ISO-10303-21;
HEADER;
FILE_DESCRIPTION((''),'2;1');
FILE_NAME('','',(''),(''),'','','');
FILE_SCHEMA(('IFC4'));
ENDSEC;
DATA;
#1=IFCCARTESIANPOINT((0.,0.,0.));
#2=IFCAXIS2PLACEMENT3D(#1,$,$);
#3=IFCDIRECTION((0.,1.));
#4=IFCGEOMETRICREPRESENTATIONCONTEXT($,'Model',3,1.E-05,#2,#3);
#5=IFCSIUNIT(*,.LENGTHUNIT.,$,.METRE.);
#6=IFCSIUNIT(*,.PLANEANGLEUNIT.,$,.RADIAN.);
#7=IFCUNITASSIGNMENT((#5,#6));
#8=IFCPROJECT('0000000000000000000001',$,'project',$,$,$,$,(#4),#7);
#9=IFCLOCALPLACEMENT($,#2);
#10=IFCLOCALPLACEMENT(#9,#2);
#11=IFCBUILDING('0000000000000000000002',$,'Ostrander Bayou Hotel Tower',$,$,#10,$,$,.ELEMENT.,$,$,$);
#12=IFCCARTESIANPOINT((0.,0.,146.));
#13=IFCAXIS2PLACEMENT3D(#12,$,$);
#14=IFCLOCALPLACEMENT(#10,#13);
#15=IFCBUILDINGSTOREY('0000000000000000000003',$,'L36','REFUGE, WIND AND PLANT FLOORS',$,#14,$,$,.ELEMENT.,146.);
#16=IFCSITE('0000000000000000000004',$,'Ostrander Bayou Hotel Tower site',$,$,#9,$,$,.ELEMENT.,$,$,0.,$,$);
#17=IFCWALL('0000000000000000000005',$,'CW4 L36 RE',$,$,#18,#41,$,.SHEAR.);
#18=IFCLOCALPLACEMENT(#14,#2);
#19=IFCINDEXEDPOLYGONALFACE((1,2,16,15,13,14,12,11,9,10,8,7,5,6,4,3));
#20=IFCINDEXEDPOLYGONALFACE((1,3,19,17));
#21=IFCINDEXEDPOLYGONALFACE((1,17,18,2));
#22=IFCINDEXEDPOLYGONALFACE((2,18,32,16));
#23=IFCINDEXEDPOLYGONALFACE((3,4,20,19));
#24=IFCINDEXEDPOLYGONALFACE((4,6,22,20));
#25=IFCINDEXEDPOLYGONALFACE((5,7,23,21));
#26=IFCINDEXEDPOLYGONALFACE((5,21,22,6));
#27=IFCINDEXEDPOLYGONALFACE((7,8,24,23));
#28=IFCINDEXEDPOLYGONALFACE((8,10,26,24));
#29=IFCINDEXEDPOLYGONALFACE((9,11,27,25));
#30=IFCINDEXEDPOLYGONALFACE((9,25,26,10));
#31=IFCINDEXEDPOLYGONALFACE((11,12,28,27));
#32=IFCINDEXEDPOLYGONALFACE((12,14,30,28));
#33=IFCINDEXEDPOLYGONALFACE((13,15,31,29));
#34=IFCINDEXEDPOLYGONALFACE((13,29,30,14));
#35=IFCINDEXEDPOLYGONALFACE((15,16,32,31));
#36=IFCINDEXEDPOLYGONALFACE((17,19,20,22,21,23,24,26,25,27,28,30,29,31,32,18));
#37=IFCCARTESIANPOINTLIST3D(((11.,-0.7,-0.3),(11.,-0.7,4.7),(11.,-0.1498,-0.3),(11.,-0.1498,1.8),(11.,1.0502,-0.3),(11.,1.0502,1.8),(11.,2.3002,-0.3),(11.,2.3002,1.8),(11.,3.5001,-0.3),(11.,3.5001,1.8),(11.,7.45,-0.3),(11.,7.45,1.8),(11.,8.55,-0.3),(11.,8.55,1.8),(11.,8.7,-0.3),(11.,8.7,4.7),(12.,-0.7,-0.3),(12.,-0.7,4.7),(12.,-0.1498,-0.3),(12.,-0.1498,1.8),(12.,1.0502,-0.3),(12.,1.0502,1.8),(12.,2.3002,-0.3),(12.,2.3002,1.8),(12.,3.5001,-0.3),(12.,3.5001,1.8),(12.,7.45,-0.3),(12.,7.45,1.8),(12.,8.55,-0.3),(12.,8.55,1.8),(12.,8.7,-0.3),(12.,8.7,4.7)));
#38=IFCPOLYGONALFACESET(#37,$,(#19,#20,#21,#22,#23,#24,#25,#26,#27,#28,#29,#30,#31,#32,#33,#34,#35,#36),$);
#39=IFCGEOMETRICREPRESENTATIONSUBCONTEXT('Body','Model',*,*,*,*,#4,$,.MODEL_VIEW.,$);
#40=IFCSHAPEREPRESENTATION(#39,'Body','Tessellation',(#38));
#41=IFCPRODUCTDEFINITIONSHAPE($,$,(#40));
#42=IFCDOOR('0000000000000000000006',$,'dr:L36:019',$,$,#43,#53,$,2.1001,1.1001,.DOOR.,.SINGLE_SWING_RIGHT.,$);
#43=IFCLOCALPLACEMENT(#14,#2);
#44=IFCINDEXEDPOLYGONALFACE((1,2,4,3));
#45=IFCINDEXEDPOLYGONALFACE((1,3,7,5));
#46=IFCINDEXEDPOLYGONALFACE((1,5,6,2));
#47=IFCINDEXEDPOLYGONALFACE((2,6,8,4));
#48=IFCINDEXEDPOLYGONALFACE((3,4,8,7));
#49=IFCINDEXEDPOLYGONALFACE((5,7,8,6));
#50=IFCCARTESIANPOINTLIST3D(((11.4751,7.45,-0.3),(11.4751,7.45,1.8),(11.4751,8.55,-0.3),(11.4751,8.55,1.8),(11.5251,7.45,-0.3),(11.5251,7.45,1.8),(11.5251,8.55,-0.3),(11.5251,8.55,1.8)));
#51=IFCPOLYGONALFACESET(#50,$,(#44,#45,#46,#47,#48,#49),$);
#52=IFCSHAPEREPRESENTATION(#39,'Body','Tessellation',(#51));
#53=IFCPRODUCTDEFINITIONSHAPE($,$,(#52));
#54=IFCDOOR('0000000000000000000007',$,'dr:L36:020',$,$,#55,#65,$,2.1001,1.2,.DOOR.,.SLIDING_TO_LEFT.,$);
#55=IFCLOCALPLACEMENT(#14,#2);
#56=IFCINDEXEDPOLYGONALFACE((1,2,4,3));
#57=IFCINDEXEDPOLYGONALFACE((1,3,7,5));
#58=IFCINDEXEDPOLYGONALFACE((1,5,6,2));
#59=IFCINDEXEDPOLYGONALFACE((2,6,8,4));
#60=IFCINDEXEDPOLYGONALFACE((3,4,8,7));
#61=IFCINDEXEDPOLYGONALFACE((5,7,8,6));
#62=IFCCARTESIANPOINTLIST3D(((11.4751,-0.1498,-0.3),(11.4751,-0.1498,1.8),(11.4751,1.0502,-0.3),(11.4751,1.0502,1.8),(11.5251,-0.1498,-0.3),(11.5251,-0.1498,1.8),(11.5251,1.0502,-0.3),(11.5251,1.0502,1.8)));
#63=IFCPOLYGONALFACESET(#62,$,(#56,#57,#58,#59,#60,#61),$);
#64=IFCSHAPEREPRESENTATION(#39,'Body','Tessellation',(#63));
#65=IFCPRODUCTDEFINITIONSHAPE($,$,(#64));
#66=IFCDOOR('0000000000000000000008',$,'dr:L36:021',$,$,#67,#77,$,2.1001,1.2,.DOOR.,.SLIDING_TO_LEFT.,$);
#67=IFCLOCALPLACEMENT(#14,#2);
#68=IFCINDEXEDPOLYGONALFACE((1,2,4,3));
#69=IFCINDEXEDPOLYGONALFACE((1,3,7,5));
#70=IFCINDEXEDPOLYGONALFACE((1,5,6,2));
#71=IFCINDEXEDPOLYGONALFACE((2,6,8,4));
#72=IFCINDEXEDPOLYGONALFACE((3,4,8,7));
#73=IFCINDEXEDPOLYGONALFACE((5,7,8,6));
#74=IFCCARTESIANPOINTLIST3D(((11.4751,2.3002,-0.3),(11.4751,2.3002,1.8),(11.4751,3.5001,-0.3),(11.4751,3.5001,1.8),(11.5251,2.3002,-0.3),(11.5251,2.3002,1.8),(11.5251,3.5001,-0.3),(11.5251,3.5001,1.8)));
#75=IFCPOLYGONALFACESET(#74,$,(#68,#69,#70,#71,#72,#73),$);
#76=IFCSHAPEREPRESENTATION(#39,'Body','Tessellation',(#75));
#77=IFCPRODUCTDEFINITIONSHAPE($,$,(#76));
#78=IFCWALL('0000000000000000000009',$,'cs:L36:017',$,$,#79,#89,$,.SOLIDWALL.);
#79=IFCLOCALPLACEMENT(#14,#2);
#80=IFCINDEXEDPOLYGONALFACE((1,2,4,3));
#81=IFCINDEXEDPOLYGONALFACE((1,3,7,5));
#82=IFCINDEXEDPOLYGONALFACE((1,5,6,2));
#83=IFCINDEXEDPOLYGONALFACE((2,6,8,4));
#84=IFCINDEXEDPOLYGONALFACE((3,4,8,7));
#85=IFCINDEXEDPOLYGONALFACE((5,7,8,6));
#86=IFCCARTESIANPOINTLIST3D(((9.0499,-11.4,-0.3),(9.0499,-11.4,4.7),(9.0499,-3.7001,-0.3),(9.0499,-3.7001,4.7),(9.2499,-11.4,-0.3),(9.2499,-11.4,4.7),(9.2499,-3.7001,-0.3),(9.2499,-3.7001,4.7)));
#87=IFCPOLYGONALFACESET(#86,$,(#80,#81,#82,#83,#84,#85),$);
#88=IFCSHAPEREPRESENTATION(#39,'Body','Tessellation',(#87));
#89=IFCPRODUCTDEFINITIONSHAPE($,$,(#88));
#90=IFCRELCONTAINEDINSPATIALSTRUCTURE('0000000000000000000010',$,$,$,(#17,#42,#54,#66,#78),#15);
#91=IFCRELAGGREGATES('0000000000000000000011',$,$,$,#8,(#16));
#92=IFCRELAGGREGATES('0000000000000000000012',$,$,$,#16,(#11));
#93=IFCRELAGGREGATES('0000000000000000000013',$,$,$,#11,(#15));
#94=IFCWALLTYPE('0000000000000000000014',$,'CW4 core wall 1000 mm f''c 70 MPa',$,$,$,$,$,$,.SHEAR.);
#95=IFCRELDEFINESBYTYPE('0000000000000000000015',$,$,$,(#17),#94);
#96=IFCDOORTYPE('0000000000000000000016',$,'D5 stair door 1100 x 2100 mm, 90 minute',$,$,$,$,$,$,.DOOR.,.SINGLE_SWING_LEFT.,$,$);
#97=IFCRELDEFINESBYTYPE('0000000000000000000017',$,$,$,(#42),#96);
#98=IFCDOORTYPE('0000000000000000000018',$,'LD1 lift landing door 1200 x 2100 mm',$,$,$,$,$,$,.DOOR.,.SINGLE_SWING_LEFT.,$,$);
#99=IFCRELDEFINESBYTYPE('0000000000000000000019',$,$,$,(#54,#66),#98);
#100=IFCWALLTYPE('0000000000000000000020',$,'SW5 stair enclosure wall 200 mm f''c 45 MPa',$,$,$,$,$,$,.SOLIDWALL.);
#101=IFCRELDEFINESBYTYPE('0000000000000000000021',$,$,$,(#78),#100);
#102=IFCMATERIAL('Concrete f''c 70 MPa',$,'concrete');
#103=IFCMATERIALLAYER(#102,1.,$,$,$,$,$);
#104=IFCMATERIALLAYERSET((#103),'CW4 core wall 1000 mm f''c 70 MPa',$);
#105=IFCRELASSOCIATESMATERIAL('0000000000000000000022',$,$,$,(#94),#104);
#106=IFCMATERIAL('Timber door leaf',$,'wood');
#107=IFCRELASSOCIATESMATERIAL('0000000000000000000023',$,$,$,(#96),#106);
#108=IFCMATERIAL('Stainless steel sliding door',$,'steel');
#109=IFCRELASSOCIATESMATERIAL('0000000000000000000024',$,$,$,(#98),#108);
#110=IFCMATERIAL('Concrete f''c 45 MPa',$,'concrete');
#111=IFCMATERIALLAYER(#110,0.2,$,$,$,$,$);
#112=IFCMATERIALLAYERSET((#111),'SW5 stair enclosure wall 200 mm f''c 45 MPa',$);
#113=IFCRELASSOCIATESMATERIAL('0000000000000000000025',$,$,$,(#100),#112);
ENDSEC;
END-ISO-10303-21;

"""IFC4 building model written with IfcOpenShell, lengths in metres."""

from ifc_helpers import new_model, si_unit, direction, frame, frame_2d, origin, place, context, subcontext, project, spatial, rectangle, extrude, material, layer, layer_set, type_object, element, fill, save


model = new_model("IFC4")

# Units and contexts
model_context = context("Model", 3, precision=1e-05, world=origin(), true_north=direction((0.0, 1.0)))
body_context = subcontext(model_context, "Body", "Model", "MODEL_VIEW")
ifc_project = project(units=[si_unit("LENGTHUNIT", "METRE"), si_unit("PLANEANGLEUNIT", "RADIAN")], contexts=[model_context])

# Site, building, storey
site_placement = place(None, origin())
site = spatial("IfcSite", under=ifc_project, at=site_placement, Name="Ostrander Bayou Hotel Tower site", CompositionType="ELEMENT", RefElevation=0.0)
building_placement = place(site_placement, origin())
building = spatial("IfcBuilding", under=site, at=building_placement, Name="Ostrander Bayou Hotel Tower", CompositionType="ELEMENT")
storey_placement = place(building_placement, frame((0.0, 0.0, 146.0)))
storey = spatial("IfcBuildingStorey", under=building, at=storey_placement, Name="L36", Description="REFUGE, WIND AND PLANT FLOORS", CompositionType="ELEMENT", Elevation=146.0)

# Wall, openings, doors
ifc_material_1 = material(Name="Concrete f'c 70 MPa", Category="concrete")
ifc_layer_1 = layer(ifc_material_1, 1.0)
ifc_layer_set_1 = layer_set([ifc_layer_1], Name="CW4 core wall 1000 mm f'c 70 MPa")
wall_type_1 = type_object("IfcWallType", Name="CW4 core wall 1000 mm f'c 70 MPa", PredefinedType="SHEAR", material=ifc_layer_set_1)
wall_1_placement = place(storey_placement, frame((11.5, -0.7, -0.3), z_axis=(0.0, 0.0, 1.0), x_axis=(0.0, 1.0, 0.0)))
wall_1 = element("IfcWall", 1, at=wall_1_placement, inside=storey, type_object=wall_type_1, Name="CW4 L36 RE", PredefinedType="SHEAR", context=body_context, shape_type="SweptSolid", body=[
    extrude(rectangle(XDim=9.3999, YDim=1.0, at=frame_2d((4.7, 0.0))), origin(), (0.0, 0.0, 1.0), 5.0),
])
opening_1_placement = place(wall_1_placement, frame((8.1499, 0.0, 0.0)))
opening_1 = element("IfcOpeningElement", 2, at=opening_1_placement, cuts=wall_1, PredefinedType="OPENING", context=body_context, shape_type="SweptSolid", body=[
    extrude(rectangle(XDim=1.1001, YDim=2.1001, at=frame_2d((0.55, 1.05))), frame((0.0, 0.5, 0.0), z_axis=(0.0, -1.0, 0.0), x_axis=(1.0, 0.0, 0.0)), (0.0, 0.0, 1.0), 1.0),
])
opening_2_placement = place(wall_1_placement, frame((0.55, 0.0, 0.0)))
opening_2 = element("IfcOpeningElement", 3, at=opening_2_placement, cuts=wall_1, PredefinedType="OPENING", context=body_context, shape_type="SweptSolid", body=[
    extrude(rectangle(XDim=1.2, YDim=2.1001, at=frame_2d((0.6001, 1.05))), frame((0.0, 0.5, 0.0), z_axis=(0.0, -1.0, 0.0), x_axis=(1.0, 0.0, 0.0)), (0.0, 0.0, 1.0), 1.0),
])
opening_3_placement = place(wall_1_placement, frame((3.0, 0.0, 0.0)))
opening_3 = element("IfcOpeningElement", 4, at=opening_3_placement, cuts=wall_1, PredefinedType="OPENING", context=body_context, shape_type="SweptSolid", body=[
    extrude(rectangle(XDim=1.2, YDim=2.1001, at=frame_2d((0.6001, 1.05))), frame((0.0, 0.5, 0.0), z_axis=(0.0, -1.0, 0.0), x_axis=(1.0, 0.0, 0.0)), (0.0, 0.0, 1.0), 1.0),
])
ifc_material_2 = material(Name="Timber door leaf", Category="wood")
door_type_1 = type_object("IfcDoorType", Name="D5 stair door 1100 x 2100 mm, 90 minute", OperationType="SINGLE_SWING_LEFT", PredefinedType="DOOR", material=ifc_material_2)
door_1_placement = place(opening_1_placement, origin())
door_1 = element("IfcDoor", 5, at=door_1_placement, inside=storey, type_object=door_type_1, Name="dr:L36:019", OperationType="SINGLE_SWING_RIGHT", OverallHeight=2.1001, OverallWidth=1.1001, PredefinedType="DOOR", context=body_context, shape_type="SweptSolid", body=[
    extrude(rectangle(XDim=1.1001, YDim=2.1001, at=frame_2d((0.55, 1.05))), frame((0.0, 0.0249, 0.0), z_axis=(0.0, -1.0, 0.0), x_axis=(1.0, 0.0, 0.0)), (0.0, 0.0, 1.0), 0.05),
])
fill(opening_1, door_1)
ifc_material_3 = material(Name="Stainless steel sliding door", Category="steel")
door_type_2 = type_object("IfcDoorType", Name="LD1 lift landing door 1200 x 2100 mm", OperationType="SINGLE_SWING_LEFT", PredefinedType="DOOR", material=ifc_material_3)
door_2_placement = place(opening_2_placement, origin())
door_2 = element("IfcDoor", 6, at=door_2_placement, inside=storey, type_object=door_type_2, Name="dr:L36:020", OperationType="SLIDING_TO_LEFT", OverallHeight=2.1001, OverallWidth=1.2, PredefinedType="DOOR", context=body_context, shape_type="SweptSolid", body=[
    extrude(rectangle(XDim=1.2, YDim=2.1001, at=frame_2d((0.6001, 1.05))), frame((0.0, 0.0249, 0.0), z_axis=(0.0, -1.0, 0.0), x_axis=(1.0, 0.0, 0.0)), (0.0, 0.0, 1.0), 0.05),
])
fill(opening_2, door_2)
door_3_placement = place(opening_3_placement, origin())
door_3 = element("IfcDoor", 7, at=door_3_placement, inside=storey, type_object=door_type_2, Name="dr:L36:021", OperationType="SLIDING_TO_LEFT", OverallHeight=2.1001, OverallWidth=1.2, PredefinedType="DOOR", context=body_context, shape_type="SweptSolid", body=[
    extrude(rectangle(XDim=1.2, YDim=2.1001, at=frame_2d((0.6001, 1.05))), frame((0.0, 0.0249, 0.0), z_axis=(0.0, -1.0, 0.0), x_axis=(1.0, 0.0, 0.0)), (0.0, 0.0, 1.0), 0.05),
])
fill(opening_3, door_3)

# Wall
ifc_material_4 = material(Name="Concrete f'c 45 MPa", Category="concrete")
ifc_layer_2 = layer(ifc_material_4, 0.2)
ifc_layer_set_2 = layer_set([ifc_layer_2], Name="SW5 stair enclosure wall 200 mm f'c 45 MPa")
wall_type_2 = type_object("IfcWallType", Name="SW5 stair enclosure wall 200 mm f'c 45 MPa", PredefinedType="SOLIDWALL", material=ifc_layer_set_2)
wall_2_placement = place(storey_placement, frame((9.1499, -3.7, -0.3), z_axis=(0.0, 0.0, 1.0), x_axis=(0.0, -1.0, 0.0)))
element("IfcWall", 8, at=wall_2_placement, inside=storey, type_object=wall_type_2, Name="cs:L36:017", PredefinedType="SOLIDWALL", context=body_context, shape_type="SweptSolid", body=[
    extrude(rectangle(XDim=7.7, YDim=0.2, at=frame_2d((3.8501, 0.0))), origin(), (0.0, 0.0, 1.0), 5.0),
])

save(model, "model.ifc")
